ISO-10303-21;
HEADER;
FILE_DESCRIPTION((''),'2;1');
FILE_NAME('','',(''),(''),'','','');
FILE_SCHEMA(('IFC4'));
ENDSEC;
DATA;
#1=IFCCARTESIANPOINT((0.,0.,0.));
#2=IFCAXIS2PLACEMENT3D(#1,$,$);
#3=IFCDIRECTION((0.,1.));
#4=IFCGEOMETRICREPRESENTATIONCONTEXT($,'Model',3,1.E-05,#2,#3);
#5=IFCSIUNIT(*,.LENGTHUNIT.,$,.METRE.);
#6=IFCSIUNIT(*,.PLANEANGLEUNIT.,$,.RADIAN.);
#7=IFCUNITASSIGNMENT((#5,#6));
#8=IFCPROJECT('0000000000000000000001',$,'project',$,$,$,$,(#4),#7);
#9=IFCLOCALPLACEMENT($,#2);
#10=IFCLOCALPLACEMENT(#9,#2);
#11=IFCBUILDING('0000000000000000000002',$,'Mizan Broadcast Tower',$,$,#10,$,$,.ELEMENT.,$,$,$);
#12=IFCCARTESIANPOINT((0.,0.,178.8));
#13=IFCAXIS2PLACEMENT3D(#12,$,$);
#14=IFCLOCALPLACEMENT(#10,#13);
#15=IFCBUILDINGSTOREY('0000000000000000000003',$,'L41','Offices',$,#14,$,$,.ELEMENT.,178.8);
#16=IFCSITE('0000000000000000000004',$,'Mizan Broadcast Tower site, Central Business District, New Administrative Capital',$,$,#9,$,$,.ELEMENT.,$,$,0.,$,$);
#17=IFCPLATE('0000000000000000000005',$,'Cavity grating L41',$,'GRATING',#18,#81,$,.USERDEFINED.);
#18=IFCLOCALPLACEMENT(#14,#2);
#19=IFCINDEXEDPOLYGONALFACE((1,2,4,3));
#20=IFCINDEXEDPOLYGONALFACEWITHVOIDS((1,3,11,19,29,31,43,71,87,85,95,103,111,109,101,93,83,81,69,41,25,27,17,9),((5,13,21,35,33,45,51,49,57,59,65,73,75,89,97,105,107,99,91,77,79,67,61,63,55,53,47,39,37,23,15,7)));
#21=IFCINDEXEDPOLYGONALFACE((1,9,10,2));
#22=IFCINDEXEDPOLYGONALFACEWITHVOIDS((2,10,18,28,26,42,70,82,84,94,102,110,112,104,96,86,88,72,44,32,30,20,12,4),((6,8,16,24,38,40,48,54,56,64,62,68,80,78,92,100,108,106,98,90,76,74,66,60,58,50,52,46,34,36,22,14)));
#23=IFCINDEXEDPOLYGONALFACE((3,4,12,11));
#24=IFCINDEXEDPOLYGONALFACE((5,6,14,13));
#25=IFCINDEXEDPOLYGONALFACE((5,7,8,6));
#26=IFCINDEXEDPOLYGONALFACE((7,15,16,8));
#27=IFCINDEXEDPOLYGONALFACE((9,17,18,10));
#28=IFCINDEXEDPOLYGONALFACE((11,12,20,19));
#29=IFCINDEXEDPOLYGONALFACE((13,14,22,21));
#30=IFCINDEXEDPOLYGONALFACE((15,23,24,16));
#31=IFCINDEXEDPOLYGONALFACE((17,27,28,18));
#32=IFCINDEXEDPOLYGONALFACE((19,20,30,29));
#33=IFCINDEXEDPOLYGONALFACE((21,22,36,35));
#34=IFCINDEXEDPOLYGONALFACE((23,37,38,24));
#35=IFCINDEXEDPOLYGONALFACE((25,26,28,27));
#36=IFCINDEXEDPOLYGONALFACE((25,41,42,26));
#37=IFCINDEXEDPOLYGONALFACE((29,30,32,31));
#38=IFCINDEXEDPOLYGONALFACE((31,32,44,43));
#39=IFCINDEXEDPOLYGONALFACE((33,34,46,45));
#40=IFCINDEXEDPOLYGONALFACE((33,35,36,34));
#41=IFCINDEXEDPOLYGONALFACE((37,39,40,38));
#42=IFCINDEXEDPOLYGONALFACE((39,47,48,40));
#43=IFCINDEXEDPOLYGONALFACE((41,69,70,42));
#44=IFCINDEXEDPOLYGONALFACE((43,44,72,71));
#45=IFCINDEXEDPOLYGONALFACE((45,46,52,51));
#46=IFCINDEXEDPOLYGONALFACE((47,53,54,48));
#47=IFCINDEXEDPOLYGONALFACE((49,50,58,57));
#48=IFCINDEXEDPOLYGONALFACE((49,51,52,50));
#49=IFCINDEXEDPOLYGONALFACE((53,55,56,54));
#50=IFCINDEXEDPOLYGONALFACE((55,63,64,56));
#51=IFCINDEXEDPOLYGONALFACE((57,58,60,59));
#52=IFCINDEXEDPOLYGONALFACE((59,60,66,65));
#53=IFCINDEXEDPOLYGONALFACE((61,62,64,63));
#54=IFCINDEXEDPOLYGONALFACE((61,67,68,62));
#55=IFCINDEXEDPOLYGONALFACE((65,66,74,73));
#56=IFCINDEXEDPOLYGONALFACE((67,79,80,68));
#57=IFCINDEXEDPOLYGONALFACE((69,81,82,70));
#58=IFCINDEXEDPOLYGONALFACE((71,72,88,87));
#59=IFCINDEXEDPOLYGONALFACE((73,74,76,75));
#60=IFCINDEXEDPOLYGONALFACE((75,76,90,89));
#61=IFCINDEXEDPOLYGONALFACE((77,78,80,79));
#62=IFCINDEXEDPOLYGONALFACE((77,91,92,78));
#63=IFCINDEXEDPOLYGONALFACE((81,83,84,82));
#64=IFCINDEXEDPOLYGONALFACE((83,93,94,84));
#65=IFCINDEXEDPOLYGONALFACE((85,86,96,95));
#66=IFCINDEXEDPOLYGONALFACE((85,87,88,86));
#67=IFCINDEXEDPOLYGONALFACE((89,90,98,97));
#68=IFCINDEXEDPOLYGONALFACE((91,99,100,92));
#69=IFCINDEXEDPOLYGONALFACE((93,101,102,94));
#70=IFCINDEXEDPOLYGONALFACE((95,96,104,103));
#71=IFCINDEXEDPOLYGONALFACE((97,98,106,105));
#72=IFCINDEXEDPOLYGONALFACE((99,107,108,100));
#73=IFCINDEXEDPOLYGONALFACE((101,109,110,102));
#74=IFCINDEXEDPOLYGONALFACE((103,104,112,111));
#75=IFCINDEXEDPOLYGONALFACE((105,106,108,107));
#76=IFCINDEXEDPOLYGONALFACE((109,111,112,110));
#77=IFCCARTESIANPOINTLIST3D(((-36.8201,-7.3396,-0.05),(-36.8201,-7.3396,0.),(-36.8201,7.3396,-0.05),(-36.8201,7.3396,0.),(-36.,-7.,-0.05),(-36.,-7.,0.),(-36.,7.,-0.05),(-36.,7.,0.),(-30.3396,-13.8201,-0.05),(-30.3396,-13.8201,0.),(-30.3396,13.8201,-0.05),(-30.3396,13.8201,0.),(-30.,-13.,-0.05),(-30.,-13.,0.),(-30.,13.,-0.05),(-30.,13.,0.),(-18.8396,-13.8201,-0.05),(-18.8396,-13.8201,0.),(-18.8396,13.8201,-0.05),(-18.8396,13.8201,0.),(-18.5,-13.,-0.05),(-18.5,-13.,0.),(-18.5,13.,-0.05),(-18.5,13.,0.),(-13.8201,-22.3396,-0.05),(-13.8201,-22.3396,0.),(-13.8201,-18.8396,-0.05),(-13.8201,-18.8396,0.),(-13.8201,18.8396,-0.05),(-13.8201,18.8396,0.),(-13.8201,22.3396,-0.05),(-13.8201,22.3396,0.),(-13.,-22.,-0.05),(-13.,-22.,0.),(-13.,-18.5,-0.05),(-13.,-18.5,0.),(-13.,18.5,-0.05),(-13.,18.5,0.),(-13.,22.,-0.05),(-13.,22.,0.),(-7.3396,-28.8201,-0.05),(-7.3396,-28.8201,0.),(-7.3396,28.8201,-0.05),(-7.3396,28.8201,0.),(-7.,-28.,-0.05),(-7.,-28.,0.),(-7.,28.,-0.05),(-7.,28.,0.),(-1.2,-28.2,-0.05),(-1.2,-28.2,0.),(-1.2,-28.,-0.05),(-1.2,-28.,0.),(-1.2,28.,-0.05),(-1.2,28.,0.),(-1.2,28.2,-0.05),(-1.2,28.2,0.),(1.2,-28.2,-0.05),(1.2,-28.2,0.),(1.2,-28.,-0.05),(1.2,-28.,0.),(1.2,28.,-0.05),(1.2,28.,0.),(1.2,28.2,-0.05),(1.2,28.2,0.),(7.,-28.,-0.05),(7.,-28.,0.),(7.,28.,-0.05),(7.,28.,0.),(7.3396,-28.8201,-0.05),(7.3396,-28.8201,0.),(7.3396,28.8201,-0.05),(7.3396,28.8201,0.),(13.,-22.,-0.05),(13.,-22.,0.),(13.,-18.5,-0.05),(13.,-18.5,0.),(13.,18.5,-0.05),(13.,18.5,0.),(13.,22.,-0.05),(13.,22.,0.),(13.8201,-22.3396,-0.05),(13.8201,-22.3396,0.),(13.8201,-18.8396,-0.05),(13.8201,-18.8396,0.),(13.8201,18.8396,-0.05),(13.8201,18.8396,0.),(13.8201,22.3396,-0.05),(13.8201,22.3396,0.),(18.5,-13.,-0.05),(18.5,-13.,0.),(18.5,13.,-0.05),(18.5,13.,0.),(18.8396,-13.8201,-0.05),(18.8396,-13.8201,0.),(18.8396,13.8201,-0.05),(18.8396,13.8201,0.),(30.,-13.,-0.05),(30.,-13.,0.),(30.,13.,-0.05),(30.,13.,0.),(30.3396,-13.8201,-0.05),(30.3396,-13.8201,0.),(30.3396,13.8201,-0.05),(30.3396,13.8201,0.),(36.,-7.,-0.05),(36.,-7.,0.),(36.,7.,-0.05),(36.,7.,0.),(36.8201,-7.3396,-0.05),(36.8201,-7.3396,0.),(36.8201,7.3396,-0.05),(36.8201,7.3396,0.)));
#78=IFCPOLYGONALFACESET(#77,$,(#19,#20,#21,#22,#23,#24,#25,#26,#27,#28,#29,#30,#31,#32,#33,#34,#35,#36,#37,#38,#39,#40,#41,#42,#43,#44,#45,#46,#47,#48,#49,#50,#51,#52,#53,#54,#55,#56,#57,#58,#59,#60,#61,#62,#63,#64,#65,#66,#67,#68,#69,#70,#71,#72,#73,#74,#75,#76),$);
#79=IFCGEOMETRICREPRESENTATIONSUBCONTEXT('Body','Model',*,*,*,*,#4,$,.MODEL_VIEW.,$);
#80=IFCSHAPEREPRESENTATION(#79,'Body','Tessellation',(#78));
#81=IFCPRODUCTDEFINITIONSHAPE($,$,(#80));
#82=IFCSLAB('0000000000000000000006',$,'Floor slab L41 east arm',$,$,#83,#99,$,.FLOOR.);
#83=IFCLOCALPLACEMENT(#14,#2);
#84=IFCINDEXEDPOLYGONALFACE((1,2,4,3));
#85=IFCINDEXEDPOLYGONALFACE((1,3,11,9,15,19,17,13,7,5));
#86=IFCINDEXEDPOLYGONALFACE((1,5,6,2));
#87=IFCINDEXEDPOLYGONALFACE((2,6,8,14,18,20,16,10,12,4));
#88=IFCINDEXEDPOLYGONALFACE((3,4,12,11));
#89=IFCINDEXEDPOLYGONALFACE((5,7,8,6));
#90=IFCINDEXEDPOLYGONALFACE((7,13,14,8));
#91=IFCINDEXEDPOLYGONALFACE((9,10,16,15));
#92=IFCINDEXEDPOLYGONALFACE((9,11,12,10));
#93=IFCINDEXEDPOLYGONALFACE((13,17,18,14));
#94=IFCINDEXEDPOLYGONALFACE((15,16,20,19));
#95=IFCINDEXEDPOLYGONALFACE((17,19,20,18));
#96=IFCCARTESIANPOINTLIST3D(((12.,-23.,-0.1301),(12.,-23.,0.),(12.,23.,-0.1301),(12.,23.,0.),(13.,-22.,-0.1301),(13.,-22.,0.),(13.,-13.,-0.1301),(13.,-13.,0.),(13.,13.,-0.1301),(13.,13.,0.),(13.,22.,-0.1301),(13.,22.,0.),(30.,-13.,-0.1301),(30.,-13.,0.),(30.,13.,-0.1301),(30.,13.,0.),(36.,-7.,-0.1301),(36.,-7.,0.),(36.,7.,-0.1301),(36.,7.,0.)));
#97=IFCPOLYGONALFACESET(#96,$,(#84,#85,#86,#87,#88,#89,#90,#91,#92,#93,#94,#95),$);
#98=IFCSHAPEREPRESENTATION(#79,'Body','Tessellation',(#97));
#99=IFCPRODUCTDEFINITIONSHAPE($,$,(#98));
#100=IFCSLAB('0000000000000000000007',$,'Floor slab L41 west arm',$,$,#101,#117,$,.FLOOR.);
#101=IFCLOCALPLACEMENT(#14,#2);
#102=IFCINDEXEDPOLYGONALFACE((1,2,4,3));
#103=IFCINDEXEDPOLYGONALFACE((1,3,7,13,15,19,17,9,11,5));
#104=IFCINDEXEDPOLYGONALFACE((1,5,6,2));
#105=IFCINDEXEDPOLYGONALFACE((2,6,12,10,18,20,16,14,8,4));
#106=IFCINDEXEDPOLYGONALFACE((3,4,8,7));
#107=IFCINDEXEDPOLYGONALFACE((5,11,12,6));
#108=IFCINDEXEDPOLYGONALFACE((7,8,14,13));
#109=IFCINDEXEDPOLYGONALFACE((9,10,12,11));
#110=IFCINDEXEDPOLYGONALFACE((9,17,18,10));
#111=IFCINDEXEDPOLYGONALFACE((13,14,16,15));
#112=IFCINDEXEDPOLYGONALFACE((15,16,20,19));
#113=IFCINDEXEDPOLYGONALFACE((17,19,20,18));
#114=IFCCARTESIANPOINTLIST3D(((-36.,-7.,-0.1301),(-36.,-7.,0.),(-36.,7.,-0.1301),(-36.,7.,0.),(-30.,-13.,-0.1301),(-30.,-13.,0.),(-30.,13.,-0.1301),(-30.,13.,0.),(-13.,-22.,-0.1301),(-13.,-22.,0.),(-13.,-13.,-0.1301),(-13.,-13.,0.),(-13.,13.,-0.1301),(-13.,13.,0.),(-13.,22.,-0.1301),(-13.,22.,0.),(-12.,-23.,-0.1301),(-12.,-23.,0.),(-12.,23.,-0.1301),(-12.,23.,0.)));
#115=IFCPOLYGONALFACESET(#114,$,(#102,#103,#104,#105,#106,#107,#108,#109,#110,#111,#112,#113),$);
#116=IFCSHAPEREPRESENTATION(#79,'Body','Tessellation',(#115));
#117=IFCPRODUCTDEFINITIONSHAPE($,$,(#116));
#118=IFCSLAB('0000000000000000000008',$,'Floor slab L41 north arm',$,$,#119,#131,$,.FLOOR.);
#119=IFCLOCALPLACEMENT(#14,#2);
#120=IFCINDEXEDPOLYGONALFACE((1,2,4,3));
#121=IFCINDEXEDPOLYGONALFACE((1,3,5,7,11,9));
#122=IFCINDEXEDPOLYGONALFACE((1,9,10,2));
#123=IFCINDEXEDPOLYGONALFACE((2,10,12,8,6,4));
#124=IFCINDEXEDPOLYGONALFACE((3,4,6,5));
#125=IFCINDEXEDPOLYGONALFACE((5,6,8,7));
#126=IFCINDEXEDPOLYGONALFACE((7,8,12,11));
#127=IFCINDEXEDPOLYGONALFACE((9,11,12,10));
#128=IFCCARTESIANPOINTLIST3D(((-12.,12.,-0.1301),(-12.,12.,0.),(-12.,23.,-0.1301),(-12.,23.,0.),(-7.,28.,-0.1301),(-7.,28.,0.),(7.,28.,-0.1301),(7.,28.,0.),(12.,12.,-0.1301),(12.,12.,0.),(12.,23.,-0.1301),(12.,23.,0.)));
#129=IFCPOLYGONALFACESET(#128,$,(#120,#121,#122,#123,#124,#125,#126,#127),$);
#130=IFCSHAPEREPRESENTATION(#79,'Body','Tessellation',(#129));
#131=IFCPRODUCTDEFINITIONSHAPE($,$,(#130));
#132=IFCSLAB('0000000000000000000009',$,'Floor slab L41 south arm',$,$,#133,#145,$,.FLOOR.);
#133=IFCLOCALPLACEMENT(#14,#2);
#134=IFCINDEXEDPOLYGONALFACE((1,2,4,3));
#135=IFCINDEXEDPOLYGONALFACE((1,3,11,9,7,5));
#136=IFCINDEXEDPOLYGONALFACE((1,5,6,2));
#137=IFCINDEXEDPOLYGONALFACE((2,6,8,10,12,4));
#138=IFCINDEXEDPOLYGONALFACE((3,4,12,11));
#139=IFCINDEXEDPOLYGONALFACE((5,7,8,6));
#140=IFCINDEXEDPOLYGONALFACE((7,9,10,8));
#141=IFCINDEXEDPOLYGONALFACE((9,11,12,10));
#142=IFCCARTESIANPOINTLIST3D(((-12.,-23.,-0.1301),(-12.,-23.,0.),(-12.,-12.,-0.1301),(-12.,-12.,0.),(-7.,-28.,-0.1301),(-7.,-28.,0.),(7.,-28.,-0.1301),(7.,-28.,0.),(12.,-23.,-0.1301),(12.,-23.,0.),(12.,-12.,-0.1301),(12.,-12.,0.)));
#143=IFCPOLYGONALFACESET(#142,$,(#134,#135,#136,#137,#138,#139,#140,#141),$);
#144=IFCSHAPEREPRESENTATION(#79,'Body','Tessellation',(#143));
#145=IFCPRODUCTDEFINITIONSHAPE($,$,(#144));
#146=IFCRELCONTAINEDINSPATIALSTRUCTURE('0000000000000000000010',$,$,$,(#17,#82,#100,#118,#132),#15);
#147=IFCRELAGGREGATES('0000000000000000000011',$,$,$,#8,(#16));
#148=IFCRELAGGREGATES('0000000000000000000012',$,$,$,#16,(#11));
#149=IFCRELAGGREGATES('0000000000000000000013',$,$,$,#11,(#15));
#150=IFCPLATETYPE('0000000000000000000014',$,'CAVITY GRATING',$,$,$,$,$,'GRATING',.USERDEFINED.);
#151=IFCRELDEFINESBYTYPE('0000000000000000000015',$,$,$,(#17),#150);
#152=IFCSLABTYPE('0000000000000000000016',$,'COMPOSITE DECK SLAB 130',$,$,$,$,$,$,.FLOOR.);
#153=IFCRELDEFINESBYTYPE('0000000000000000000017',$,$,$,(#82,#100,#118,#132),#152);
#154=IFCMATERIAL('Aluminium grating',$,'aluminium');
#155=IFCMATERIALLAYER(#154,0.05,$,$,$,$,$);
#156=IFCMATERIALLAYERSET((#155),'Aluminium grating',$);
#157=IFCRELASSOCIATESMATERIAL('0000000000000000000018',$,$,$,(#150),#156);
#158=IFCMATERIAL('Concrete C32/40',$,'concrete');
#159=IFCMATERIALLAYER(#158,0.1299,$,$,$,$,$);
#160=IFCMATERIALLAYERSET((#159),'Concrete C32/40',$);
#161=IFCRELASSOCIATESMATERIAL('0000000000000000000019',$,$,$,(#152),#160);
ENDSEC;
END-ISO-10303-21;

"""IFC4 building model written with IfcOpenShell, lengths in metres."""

from ifc_helpers import new_model, si_unit, direction, frame, origin, place, context, subcontext, project, spatial, polyline, outline, extrude, material, layer, layer_set, type_object, element, save


model = new_model("IFC4")

# Units and contexts
model_context = context("Model", 3, precision=1e-05, world=origin(), true_north=direction((0.0, 1.0)))
body_context = subcontext(model_context, "Body", "Model", "MODEL_VIEW")
ifc_project = project(units=[si_unit("LENGTHUNIT", "METRE"), si_unit("PLANEANGLEUNIT", "RADIAN")], contexts=[model_context])

# Site, building, storey
site_placement = place(None, origin())
site = spatial("IfcSite", under=ifc_project, at=site_placement, Name="Mizan Broadcast Tower site, Central Business District, New Administrative Capital", CompositionType="ELEMENT", RefElevation=0.0)
building_placement = place(site_placement, origin())
building = spatial("IfcBuilding", under=site, at=building_placement, Name="Mizan Broadcast Tower", CompositionType="ELEMENT")
storey_placement = place(building_placement, frame((0.0, 0.0, 178.8)))
storey = spatial("IfcBuildingStorey", under=building, at=storey_placement, Name="L41", Description="Offices", CompositionType="ELEMENT", Elevation=178.8)

# Plate
ifc_material_1 = material(Name="Aluminium grating", Category="aluminium")
ifc_layer_1 = layer(ifc_material_1, 0.05)
ifc_layer_set_1 = layer_set([ifc_layer_1], Name="Aluminium grating")
plate_type = type_object("IfcPlateType", Name="CAVITY GRATING", ElementType="GRATING", PredefinedType="USERDEFINED", material=ifc_layer_set_1)
plate_placement = place(storey_placement, frame((0.0, 0.0, -0.05)))
element("IfcPlate", 1, at=plate_placement, inside=storey, type_object=plate_type, Name="Cavity grating L41", ObjectType="GRATING", PredefinedType="USERDEFINED", context=body_context, shape_type="SweptSolid", body=[
    extrude(outline(polyline([(13.8201, -18.8396), (18.8396, -13.8201), (30.3396, -13.8201), (36.8201, -7.3396), (36.8201, 7.3396), (30.3396, 13.8201), (18.8396, 13.8201), (13.8201, 18.8396), (13.8201, 22.3396), (7.3396, 28.8201), (-7.3396, 28.8201), (-13.8201, 22.3396), (-13.8201, 18.8396), (-18.8396, 13.8201), (-30.3396, 13.8201), (-36.8201, 7.3396), (-36.8201, -7.3396), (-30.3396, -13.8201), (-18.8396, -13.8201), (-13.8201, -18.8396), (-13.8201, -22.3396), (-7.3396, -28.8201), (7.3396, -28.8201), (13.8201, -22.3396), (13.8201, -18.8396)]), holes=[polyline([(36.0, 7.0), (36.0, -7.0), (30.0, -13.0), (18.5, -13.0), (13.0, -18.5), (13.0, -22.0), (7.0, -28.0), (1.2, -28.0), (1.2, -28.2), (-1.2, -28.2), (-1.2, -28.0), (-7.0, -28.0), (-13.0, -22.0), (-13.0, -18.5), (-18.5, -13.0), (-30.0, -13.0), (-36.0, -7.0), (-36.0, 7.0), (-30.0, 13.0), (-18.5, 13.0), (-13.0, 18.5), (-13.0, 22.0), (-7.0, 28.0), (-1.2, 28.0), (-1.2, 28.2), (1.2, 28.2), (1.2, 28.0), (7.0, 28.0), (13.0, 22.0), (13.0, 18.5), (18.5, 13.0), (30.0, 13.0), (36.0, 7.0)])]), origin(), (0.0, 0.0, 1.0), 0.05),
])

# Slabs
ifc_material_2 = material(Name="Concrete C32/40", Category="concrete")
ifc_layer_2 = layer(ifc_material_2, 0.1299)
ifc_layer_set_2 = layer_set([ifc_layer_2], Name="Concrete C32/40")
slab_type_1 = type_object("IfcSlabType", Name="COMPOSITE DECK SLAB 130", PredefinedType="FLOOR", material=ifc_layer_set_2)
slab_1_placement = place(storey_placement, frame((0.0, 0.0, -0.1301)))
element("IfcSlab", 2, at=slab_1_placement, inside=storey, type_object=slab_type_1, Name="Floor slab L41 east arm", PredefinedType="FLOOR", context=body_context, shape_type="SweptSolid", body=[
    extrude(outline(polyline([(12.0, -23.0), (13.0, -22.0), (13.0, -13.0), (30.0, -13.0), (36.0, -7.0), (36.0, 7.0), (30.0, 13.0), (13.0, 13.0), (13.0, 22.0), (12.0, 23.0), (12.0, -23.0)])), origin(), (0.0, 0.0, 1.0), 0.1301),
])
slab_2_placement = place(storey_placement, frame((0.0, 0.0, -0.1301)))
element("IfcSlab", 3, at=slab_2_placement, inside=storey, type_object=slab_type_1, Name="Floor slab L41 west arm", PredefinedType="FLOOR", context=body_context, shape_type="SweptSolid", body=[
    extrude(outline(polyline([(-13.0, -22.0), (-12.0, -23.0), (-12.0, 23.0), (-13.0, 22.0), (-13.0, 13.0), (-30.0, 13.0), (-36.0, 7.0), (-36.0, -7.0), (-30.0, -13.0), (-13.0, -13.0), (-13.0, -22.0)])), origin(), (0.0, 0.0, 1.0), 0.1301),
])
slab_3_placement = place(storey_placement, frame((0.0, 0.0, -0.1301)))
element("IfcSlab", 4, at=slab_3_placement, inside=storey, type_object=slab_type_1, Name="Floor slab L41 north arm", PredefinedType="FLOOR", context=body_context, shape_type="SweptSolid", body=[
    extrude(outline(polyline([(-7.0, 28.0), (-12.0, 23.0), (-12.0, 12.0), (12.0, 12.0), (12.0, 23.0), (7.0, 28.0), (-7.0, 28.0)])), origin(), (0.0, 0.0, 1.0), 0.1301),
])
slab_4_placement = place(storey_placement, frame((0.0, 0.0, -0.1301)))
element("IfcSlab", 5, at=slab_4_placement, inside=storey, type_object=slab_type_1, Name="Floor slab L41 south arm", PredefinedType="FLOOR", context=body_context, shape_type="SweptSolid", body=[
    extrude(outline(polyline([(7.0, -28.0), (12.0, -23.0), (12.0, -12.0), (-12.0, -12.0), (-12.0, -23.0), (-7.0, -28.0), (7.0, -28.0)])), origin(), (0.0, 0.0, 1.0), 0.1301),
])

save(model, "model.ifc")
